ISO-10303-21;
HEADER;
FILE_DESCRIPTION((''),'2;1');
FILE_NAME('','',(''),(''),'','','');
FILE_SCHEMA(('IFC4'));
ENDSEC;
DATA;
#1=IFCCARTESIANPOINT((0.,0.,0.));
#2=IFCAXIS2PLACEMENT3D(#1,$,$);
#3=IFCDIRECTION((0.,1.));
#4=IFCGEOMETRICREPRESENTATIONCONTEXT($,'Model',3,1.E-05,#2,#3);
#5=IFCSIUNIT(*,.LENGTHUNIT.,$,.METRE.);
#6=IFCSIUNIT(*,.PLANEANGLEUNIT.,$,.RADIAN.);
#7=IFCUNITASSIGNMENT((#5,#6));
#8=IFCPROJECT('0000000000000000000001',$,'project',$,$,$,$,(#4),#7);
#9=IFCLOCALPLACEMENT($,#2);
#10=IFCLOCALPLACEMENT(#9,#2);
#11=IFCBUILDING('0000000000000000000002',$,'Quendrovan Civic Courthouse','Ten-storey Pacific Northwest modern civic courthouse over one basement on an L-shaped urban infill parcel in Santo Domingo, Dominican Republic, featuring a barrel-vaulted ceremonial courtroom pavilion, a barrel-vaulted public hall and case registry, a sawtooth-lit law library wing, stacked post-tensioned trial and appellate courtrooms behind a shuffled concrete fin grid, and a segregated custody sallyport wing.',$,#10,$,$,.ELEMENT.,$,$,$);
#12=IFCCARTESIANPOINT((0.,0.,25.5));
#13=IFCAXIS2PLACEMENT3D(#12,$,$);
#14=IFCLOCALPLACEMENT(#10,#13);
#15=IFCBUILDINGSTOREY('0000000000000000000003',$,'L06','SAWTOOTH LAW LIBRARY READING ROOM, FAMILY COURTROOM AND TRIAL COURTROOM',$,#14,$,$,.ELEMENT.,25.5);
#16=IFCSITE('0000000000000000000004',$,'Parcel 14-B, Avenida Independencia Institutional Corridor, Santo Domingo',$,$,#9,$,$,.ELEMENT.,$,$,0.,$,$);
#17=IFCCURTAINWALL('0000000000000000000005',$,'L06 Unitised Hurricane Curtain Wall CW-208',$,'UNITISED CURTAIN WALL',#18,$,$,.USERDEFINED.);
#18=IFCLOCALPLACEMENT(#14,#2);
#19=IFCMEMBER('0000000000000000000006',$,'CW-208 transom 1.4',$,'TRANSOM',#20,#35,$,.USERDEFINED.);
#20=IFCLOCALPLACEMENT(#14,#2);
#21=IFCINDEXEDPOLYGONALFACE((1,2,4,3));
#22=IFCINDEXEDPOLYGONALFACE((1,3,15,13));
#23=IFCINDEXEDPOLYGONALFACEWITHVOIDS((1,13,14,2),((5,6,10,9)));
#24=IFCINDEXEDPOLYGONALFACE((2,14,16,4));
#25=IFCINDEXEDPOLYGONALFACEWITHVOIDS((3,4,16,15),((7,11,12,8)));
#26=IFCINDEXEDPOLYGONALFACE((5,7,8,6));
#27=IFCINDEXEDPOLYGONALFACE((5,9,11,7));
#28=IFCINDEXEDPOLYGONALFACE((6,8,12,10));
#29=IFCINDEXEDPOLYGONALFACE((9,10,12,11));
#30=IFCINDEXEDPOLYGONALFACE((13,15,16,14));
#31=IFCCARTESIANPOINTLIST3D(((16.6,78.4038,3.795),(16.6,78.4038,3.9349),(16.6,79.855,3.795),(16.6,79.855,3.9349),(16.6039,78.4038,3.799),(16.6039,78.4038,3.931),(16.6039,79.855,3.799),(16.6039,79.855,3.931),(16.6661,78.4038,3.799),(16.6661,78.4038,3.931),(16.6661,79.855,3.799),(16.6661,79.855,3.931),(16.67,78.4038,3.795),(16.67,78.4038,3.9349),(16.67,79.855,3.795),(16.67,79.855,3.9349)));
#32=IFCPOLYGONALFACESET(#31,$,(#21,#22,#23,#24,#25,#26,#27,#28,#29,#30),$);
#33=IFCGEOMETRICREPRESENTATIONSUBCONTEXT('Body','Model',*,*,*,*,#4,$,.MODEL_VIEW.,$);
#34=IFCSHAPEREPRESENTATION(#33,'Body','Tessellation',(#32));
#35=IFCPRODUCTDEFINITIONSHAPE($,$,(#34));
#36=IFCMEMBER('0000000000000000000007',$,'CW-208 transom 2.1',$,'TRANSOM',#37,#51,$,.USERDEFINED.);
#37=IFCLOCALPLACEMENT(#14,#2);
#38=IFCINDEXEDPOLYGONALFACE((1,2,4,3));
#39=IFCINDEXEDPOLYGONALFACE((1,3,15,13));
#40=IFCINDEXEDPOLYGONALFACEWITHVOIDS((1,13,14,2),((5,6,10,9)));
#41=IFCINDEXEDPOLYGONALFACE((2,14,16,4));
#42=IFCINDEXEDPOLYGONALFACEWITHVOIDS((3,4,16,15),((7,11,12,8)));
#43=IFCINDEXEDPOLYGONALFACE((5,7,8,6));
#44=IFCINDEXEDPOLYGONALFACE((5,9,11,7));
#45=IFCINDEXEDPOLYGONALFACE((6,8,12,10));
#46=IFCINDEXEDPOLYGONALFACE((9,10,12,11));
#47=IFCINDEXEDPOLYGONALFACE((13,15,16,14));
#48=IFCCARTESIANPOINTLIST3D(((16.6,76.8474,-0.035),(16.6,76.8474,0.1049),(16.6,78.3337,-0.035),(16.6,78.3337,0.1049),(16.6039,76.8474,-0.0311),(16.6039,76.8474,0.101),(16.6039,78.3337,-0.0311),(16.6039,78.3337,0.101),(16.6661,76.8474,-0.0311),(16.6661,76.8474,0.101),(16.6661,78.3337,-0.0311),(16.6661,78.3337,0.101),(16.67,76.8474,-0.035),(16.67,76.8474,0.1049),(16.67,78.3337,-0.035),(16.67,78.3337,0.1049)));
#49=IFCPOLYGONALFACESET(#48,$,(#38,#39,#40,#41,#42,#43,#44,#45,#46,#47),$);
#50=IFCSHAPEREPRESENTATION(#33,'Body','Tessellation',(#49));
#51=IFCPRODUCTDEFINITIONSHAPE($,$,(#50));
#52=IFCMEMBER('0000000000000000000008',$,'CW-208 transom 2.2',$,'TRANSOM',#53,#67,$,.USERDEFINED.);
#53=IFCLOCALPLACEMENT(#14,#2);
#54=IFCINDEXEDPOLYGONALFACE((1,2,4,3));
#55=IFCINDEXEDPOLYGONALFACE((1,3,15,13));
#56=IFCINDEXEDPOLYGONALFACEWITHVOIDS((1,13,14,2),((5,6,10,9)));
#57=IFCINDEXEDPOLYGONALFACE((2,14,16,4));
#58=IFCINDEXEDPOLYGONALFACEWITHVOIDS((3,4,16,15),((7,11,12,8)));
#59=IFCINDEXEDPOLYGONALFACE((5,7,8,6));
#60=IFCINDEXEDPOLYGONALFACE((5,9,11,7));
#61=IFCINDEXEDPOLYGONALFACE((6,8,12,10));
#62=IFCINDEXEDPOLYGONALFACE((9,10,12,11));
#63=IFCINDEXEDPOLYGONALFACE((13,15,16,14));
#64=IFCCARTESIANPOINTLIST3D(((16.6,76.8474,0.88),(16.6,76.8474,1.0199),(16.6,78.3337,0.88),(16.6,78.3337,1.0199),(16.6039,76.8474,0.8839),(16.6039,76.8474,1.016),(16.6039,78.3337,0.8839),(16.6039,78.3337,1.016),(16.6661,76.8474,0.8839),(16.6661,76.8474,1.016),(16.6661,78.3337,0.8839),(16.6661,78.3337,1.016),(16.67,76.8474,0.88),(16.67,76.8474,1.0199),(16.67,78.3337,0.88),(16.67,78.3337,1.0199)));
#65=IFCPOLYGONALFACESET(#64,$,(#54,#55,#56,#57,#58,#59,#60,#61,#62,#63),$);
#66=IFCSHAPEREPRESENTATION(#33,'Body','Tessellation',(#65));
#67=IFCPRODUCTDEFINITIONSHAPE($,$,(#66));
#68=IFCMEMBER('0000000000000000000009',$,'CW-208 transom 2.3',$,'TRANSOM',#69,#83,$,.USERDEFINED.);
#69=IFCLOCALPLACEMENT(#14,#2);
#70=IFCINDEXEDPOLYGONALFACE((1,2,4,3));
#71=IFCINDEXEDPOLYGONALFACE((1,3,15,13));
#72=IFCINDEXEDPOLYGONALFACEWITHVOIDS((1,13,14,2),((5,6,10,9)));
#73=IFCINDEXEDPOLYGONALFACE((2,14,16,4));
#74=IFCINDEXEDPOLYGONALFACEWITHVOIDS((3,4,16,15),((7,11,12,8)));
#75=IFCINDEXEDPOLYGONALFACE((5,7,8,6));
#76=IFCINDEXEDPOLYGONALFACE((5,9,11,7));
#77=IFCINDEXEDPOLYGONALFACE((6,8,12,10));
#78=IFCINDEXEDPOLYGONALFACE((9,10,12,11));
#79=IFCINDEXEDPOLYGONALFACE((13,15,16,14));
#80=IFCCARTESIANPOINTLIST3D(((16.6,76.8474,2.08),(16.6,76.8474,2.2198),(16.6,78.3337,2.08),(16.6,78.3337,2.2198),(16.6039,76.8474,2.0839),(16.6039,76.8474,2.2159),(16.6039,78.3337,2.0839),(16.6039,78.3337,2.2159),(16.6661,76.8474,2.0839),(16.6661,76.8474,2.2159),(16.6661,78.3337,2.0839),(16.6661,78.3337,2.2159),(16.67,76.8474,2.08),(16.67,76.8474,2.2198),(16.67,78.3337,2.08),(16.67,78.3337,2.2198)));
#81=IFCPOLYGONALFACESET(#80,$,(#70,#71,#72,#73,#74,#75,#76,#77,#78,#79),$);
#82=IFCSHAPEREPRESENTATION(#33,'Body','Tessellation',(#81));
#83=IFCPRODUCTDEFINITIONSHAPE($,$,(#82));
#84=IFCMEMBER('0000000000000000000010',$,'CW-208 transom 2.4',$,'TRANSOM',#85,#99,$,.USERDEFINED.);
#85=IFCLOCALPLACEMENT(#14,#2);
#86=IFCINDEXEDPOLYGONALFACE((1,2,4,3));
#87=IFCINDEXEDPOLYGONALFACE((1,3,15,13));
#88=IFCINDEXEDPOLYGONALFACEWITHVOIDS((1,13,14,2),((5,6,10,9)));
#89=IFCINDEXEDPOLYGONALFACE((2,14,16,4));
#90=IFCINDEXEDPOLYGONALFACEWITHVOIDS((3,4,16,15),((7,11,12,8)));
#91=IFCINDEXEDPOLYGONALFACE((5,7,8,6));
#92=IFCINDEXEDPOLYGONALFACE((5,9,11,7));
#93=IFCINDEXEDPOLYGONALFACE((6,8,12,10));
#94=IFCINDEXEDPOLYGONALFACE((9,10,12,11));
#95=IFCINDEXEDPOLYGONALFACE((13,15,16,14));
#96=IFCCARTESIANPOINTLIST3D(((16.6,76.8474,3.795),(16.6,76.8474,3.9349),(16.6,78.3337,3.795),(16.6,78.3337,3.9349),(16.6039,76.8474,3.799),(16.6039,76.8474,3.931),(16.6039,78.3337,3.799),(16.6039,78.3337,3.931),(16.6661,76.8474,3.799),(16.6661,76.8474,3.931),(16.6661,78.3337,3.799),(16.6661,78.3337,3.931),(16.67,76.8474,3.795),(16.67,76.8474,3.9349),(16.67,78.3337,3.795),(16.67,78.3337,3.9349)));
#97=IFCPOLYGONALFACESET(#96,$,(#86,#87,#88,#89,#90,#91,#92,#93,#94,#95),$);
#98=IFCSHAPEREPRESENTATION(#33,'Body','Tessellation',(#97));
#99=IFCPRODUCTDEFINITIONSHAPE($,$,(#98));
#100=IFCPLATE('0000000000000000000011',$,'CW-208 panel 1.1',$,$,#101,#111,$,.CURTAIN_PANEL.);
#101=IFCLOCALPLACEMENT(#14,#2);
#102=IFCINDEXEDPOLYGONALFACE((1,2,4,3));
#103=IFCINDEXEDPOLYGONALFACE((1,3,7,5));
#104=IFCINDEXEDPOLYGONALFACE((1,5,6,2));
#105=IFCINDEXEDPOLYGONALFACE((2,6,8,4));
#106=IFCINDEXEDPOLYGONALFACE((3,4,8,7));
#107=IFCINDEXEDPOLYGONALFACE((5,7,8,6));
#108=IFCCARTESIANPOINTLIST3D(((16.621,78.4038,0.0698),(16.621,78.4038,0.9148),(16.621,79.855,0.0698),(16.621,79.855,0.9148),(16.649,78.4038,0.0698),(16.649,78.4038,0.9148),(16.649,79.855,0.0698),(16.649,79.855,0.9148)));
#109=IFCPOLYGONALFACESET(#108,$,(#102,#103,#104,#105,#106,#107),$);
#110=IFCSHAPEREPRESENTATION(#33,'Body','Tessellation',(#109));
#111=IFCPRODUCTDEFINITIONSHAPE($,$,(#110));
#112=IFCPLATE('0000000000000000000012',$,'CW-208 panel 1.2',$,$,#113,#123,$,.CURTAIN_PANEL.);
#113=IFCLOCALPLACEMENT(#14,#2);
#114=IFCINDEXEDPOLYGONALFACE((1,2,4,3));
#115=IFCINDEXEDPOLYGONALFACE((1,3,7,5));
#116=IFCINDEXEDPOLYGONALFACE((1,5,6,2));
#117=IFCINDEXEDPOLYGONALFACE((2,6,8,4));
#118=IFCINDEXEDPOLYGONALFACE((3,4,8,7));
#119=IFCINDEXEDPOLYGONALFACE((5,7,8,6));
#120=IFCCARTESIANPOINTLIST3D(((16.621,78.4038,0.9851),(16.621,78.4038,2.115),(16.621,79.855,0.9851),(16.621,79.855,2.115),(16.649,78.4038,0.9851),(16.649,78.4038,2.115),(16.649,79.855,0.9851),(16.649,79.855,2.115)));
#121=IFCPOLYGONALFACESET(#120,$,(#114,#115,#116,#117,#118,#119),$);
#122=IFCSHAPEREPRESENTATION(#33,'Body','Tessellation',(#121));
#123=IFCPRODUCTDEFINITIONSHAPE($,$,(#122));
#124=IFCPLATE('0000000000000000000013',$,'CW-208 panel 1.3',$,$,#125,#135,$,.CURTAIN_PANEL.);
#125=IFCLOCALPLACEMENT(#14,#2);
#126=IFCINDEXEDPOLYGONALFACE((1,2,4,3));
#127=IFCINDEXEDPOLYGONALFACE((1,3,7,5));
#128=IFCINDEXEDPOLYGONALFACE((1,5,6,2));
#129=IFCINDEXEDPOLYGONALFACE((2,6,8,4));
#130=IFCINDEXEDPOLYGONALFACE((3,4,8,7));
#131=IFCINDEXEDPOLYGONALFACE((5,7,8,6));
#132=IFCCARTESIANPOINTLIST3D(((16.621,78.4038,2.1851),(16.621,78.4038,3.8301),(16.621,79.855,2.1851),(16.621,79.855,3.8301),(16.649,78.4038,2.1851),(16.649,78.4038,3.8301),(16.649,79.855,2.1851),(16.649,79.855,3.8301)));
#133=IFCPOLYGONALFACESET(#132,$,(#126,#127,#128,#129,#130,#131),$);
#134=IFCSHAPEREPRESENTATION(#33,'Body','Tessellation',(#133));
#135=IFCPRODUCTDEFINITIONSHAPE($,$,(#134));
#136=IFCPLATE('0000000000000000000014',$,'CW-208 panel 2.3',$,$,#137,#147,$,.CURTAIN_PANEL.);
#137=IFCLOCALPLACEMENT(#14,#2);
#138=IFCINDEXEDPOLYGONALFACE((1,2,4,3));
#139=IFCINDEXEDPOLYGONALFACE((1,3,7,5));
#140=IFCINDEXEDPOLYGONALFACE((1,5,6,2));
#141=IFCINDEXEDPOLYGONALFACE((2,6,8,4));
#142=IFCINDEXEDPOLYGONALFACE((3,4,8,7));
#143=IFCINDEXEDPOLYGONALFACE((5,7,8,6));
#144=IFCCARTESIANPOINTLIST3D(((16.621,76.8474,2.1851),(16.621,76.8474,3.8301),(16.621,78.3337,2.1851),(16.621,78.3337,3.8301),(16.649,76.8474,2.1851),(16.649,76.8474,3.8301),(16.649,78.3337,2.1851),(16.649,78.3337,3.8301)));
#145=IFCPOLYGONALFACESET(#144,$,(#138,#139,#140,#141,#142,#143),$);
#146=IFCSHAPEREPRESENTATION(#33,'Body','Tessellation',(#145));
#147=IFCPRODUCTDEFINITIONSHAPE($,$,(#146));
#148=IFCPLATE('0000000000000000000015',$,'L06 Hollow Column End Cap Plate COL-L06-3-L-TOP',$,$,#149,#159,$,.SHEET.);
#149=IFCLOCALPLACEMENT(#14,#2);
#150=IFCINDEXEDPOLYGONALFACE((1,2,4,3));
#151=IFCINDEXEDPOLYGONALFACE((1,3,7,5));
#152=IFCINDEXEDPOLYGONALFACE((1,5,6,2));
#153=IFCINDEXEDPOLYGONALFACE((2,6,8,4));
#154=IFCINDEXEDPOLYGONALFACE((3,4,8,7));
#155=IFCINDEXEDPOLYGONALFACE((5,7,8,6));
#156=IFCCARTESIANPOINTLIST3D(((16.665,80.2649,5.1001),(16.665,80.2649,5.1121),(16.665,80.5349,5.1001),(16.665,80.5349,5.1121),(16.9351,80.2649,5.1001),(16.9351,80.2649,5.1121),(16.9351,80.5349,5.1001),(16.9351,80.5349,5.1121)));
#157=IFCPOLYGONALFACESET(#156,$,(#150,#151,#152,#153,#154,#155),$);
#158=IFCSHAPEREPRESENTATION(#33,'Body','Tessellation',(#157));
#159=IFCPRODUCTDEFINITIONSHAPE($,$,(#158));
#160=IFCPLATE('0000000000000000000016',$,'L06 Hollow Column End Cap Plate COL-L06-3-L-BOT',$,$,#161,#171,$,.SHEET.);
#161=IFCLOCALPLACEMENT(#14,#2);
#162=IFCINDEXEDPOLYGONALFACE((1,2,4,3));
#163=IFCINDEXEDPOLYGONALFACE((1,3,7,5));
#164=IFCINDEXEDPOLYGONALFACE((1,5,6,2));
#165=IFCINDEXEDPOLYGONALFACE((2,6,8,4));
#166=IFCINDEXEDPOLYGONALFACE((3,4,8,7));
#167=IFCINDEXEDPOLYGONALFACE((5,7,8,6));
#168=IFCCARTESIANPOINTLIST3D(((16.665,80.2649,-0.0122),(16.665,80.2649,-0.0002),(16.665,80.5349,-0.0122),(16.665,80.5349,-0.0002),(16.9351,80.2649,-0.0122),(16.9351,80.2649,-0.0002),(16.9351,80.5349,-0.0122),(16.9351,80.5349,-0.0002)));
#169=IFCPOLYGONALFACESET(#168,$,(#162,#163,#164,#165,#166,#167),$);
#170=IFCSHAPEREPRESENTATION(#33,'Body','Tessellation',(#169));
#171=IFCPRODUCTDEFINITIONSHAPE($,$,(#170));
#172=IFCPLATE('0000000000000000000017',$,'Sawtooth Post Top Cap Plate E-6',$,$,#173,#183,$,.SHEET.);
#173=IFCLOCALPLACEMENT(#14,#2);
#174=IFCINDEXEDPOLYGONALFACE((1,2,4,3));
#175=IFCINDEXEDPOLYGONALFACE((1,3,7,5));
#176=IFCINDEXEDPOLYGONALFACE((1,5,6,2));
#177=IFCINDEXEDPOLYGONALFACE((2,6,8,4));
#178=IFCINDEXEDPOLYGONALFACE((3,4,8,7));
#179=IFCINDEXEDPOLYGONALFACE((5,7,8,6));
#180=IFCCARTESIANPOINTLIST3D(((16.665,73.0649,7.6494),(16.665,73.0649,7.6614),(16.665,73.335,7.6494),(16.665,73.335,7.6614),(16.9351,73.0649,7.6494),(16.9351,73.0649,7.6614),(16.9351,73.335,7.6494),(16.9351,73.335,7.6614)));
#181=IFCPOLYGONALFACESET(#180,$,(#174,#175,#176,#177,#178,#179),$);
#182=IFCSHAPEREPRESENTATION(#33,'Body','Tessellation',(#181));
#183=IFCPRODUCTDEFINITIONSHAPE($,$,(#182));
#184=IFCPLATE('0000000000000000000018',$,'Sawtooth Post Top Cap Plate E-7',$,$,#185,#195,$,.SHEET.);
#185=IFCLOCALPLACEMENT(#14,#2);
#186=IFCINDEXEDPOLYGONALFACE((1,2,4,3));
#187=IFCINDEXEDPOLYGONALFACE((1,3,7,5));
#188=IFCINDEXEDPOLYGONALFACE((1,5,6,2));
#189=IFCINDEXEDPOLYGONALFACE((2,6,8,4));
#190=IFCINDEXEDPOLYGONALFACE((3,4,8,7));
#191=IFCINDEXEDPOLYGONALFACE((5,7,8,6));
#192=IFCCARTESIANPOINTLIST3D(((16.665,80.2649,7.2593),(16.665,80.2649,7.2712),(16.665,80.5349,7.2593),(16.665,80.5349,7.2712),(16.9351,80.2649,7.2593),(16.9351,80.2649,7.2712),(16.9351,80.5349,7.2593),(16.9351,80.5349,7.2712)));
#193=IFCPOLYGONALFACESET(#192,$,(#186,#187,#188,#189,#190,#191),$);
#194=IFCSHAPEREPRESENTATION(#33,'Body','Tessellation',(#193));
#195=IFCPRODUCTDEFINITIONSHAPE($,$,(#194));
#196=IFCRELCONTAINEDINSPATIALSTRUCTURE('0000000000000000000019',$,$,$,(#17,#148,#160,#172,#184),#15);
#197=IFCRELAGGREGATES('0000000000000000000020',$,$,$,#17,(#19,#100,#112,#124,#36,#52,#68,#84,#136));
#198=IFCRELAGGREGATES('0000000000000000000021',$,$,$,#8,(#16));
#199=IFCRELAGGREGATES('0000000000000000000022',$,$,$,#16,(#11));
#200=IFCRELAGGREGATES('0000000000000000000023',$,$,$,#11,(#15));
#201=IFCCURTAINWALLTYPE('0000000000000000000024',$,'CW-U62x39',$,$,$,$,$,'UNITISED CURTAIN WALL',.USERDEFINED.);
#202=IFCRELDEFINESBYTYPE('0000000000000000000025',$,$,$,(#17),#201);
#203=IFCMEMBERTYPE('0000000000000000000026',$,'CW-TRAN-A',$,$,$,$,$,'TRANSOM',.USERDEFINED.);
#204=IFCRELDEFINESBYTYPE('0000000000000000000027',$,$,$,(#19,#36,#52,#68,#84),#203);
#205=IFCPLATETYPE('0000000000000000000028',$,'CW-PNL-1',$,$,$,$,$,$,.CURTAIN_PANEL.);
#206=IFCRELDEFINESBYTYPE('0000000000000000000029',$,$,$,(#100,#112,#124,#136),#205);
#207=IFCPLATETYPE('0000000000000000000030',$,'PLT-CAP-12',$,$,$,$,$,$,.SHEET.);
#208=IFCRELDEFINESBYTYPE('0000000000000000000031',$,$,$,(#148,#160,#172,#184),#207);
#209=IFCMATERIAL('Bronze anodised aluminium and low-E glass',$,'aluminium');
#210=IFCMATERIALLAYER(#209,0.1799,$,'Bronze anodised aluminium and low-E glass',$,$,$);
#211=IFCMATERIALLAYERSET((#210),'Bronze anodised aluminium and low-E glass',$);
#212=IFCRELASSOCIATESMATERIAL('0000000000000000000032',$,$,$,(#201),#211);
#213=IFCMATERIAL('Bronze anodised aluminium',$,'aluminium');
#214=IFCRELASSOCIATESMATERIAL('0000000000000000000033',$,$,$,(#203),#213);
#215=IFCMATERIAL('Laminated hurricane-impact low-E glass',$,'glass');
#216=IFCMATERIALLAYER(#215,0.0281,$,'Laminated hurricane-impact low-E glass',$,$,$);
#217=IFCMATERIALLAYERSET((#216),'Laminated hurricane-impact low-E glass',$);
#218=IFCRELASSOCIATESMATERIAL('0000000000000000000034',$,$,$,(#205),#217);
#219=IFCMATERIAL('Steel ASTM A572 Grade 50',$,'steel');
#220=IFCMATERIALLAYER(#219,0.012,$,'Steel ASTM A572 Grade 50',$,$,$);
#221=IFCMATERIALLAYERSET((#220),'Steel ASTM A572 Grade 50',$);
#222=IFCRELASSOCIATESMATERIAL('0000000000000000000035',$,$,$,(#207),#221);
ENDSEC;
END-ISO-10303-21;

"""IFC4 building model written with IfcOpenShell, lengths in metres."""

from ifc_helpers import new_model, si_unit, direction, frame, origin, origin_2d, place, context, subcontext, project, spatial, rectangle, hollow_rectangle, extrude, material, layer, layer_set, material_profile, profile_set, type_object, element, aggregate, save


model = new_model("IFC4")

# Units and contexts
model_context = context("Model", 3, precision=1e-05, world=origin(), true_north=direction((0.0, 1.0)))
body_context = subcontext(model_context, "Body", "Model", "MODEL_VIEW")
ifc_project = project(units=[si_unit("LENGTHUNIT", "METRE"), si_unit("PLANEANGLEUNIT", "RADIAN")], contexts=[model_context])

# Site, building, storey
site_placement = place(None, origin())
site = spatial("IfcSite", under=ifc_project, at=site_placement, Name="Parcel 14-B, Avenida Independencia Institutional Corridor, Santo Domingo", CompositionType="ELEMENT", RefElevation=0.0)
building_placement = place(site_placement, origin())
building = spatial("IfcBuilding", under=site, at=building_placement, Name="Quendrovan Civic Courthouse", Description="Ten-storey Pacific Northwest modern civic courthouse over one basement on an L-shaped urban infill parcel in Santo Domingo, Dominican Republic, featuring a barrel-vaulted ceremonial courtroom pavilion, a barrel-vaulted public hall and case registry, a sawtooth-lit law library wing, stacked post-tensioned trial and appellate courtrooms behind a shuffled concrete fin grid, and a segregated custody sallyport wing.", CompositionType="ELEMENT")
storey_placement = place(building_placement, frame((0.0, 0.0, 25.5)))
storey = spatial("IfcBuildingStorey", under=building, at=storey_placement, Name="L06", Description="SAWTOOTH LAW LIBRARY READING ROOM, FAMILY COURTROOM AND TRIAL COURTROOM", CompositionType="ELEMENT", Elevation=25.5)

# Curtain wall
ifc_material_1 = material(Name="Bronze anodised aluminium and low-E glass", Category="aluminium")
ifc_layer_1 = layer(ifc_material_1, 0.1799, Name="Bronze anodised aluminium and low-E glass")
ifc_layer_set_1 = layer_set([ifc_layer_1], Name="Bronze anodised aluminium and low-E glass")
curtain_wall_type = type_object("IfcCurtainWallType", Name="CW-U62x39", ElementType="UNITISED CURTAIN WALL", PredefinedType="USERDEFINED", material=ifc_layer_set_1)
curtain_wall_1_placement = place(storey_placement, origin())
curtain_wall_1 = element("IfcCurtainWall", 1, at=curtain_wall_1_placement, inside=storey, type_object=curtain_wall_type, Name="L06 Unitised Hurricane Curtain Wall CW-208", ObjectType="UNITISED CURTAIN WALL", PredefinedType="USERDEFINED")
ifc_material_2 = material(Name="Bronze anodised aluminium", Category="aluminium")

# Members
ifc_material_profile_1 = material_profile(ifc_material_2, hollow_rectangle(XDim=0.0701, YDim=0.1399, WallThickness=0.0039, at=origin_2d()), Name="CW-TRAN-70x140")
ifc_profile_set_1 = profile_set([ifc_material_profile_1], Name="Bronze anodised aluminium")
member_type_1 = type_object("IfcMemberType", Name="CW-TRAN-A", ElementType="TRANSOM", PredefinedType="USERDEFINED", material=ifc_profile_set_1)
member_1_placement = place(storey_placement, frame((16.635, 79.855, 3.865), z_axis=(0.0, -1.0, 0.0), x_axis=(1.0, 0.0, 0.0)))
member_1 = element("IfcMember", 2, at=member_1_placement, type_object=member_type_1, Name="CW-208 transom 1.4", ObjectType="TRANSOM", PredefinedType="USERDEFINED", context=body_context, shape_type="SweptSolid", body=[
    extrude(hollow_rectangle(XDim=0.0701, YDim=0.1399, WallThickness=0.0039, at=origin_2d()), origin(), (0.0, 0.0, 1.0), 1.4512),
])
member_2_placement = place(storey_placement, frame((16.635, 78.3337, 0.0349), z_axis=(0.0, -1.0, 0.0), x_axis=(1.0, 0.0, 0.0)))
member_2 = element("IfcMember", 3, at=member_2_placement, type_object=member_type_1, Name="CW-208 transom 2.1", ObjectType="TRANSOM", PredefinedType="USERDEFINED", context=body_context, shape_type="SweptSolid", body=[
    extrude(hollow_rectangle(XDim=0.0701, YDim=0.1399, WallThickness=0.0039, at=origin_2d()), origin(), (0.0, 0.0, 1.0), 1.4863),
])
member_3_placement = place(storey_placement, frame((16.635, 78.3337, 0.95), z_axis=(0.0, -1.0, 0.0), x_axis=(1.0, 0.0, 0.0)))
member_3 = element("IfcMember", 4, at=member_3_placement, type_object=member_type_1, Name="CW-208 transom 2.2", ObjectType="TRANSOM", PredefinedType="USERDEFINED", context=body_context, shape_type="SweptSolid", body=[
    extrude(hollow_rectangle(XDim=0.0701, YDim=0.1399, WallThickness=0.0039, at=origin_2d()), origin(), (0.0, 0.0, 1.0), 1.4863),
])
member_4_placement = place(storey_placement, frame((16.635, 78.3337, 2.1499), z_axis=(0.0, -1.0, 0.0), x_axis=(1.0, 0.0, 0.0)))
member_4 = element("IfcMember", 5, at=member_4_placement, type_object=member_type_1, Name="CW-208 transom 2.3", ObjectType="TRANSOM", PredefinedType="USERDEFINED", context=body_context, shape_type="SweptSolid", body=[
    extrude(hollow_rectangle(XDim=0.0701, YDim=0.1399, WallThickness=0.0039, at=origin_2d()), origin(), (0.0, 0.0, 1.0), 1.4863),
])
member_5_placement = place(storey_placement, frame((16.635, 78.3337, 3.865), z_axis=(0.0, -1.0, 0.0), x_axis=(1.0, 0.0, 0.0)))
member_5 = element("IfcMember", 6, at=member_5_placement, type_object=member_type_1, Name="CW-208 transom 2.4", ObjectType="TRANSOM", PredefinedType="USERDEFINED", context=body_context, shape_type="SweptSolid", body=[
    extrude(hollow_rectangle(XDim=0.0701, YDim=0.1399, WallThickness=0.0039, at=origin_2d()), origin(), (0.0, 0.0, 1.0), 1.4863),
])

# Plates
ifc_material_3 = material(Name="Laminated hurricane-impact low-E glass", Category="glass")
ifc_layer_2 = layer(ifc_material_3, 0.0281, Name="Laminated hurricane-impact low-E glass")
ifc_layer_set_2 = layer_set([ifc_layer_2], Name="Laminated hurricane-impact low-E glass")
plate_type_1 = type_object("IfcPlateType", Name="CW-PNL-1", PredefinedType="CURTAIN_PANEL", material=ifc_layer_set_2)
plate_1_placement = place(storey_placement, frame((16.635, 79.1294, 0.0698), z_axis=(0.0, 0.0, 1.0), x_axis=(0.0, -1.0, 0.0)))
plate_1 = element("IfcPlate", 7, at=plate_1_placement, type_object=plate_type_1, Name="CW-208 panel 1.1", PredefinedType="CURTAIN_PANEL", context=body_context, shape_type="SweptSolid", body=[
    extrude(rectangle(XDim=1.4512, YDim=0.0281, at=origin_2d()), origin(), (0.0, 0.0, 1.0), 0.845),
])
plate_2_placement = place(storey_placement, frame((16.635, 79.1294, 0.9851), z_axis=(0.0, 0.0, 1.0), x_axis=(0.0, -1.0, 0.0)))
plate_2 = element("IfcPlate", 8, at=plate_2_placement, type_object=plate_type_1, Name="CW-208 panel 1.2", PredefinedType="CURTAIN_PANEL", context=body_context, shape_type="SweptSolid", body=[
    extrude(rectangle(XDim=1.4512, YDim=0.0281, at=origin_2d()), origin(), (0.0, 0.0, 1.0), 1.1299),
])
plate_3_placement = place(storey_placement, frame((16.635, 79.1294, 2.1851), z_axis=(0.0, 0.0, 1.0), x_axis=(0.0, -1.0, 0.0)))
plate_3 = element("IfcPlate", 9, at=plate_3_placement, type_object=plate_type_1, Name="CW-208 panel 1.3", PredefinedType="CURTAIN_PANEL", context=body_context, shape_type="SweptSolid", body=[
    extrude(rectangle(XDim=1.4512, YDim=0.0281, at=origin_2d()), origin(), (0.0, 0.0, 1.0), 1.645),
])
plate_4_placement = place(storey_placement, frame((16.635, 77.5906, 2.1851), z_axis=(0.0, 0.0, 1.0), x_axis=(0.0, -1.0, 0.0)))
plate_4 = element("IfcPlate", 10, at=plate_4_placement, type_object=plate_type_1, Name="CW-208 panel 2.3", PredefinedType="CURTAIN_PANEL", context=body_context, shape_type="SweptSolid", body=[
    extrude(rectangle(XDim=1.4863, YDim=0.0281, at=origin_2d()), origin(), (0.0, 0.0, 1.0), 1.645),
])
aggregate(curtain_wall_1, [member_1, plate_1, plate_2, plate_3, member_2, member_3, member_4, member_5, plate_4])

# Plates
ifc_material_4 = material(Name="Steel ASTM A572 Grade 50", Category="steel")
ifc_layer_3 = layer(ifc_material_4, 0.012, Name="Steel ASTM A572 Grade 50")
ifc_layer_set_3 = layer_set([ifc_layer_3], Name="Steel ASTM A572 Grade 50")
plate_type_2 = type_object("IfcPlateType", Name="PLT-CAP-12", PredefinedType="SHEET", material=ifc_layer_set_3)
for number, where, z_axis, x_axis, name in (
    (11, (16.8, 80.3999, 5.1001), (0.0, 0.0, 1.0), (1.0, 0.0, 0.0), "L06 Hollow Column End Cap Plate COL-L06-3-L-TOP"),
    (12, (16.8, 80.3999, -0.0122), (0.0, 0.0, 1.0), (1.0, 0.0, 0.0), "L06 Hollow Column End Cap Plate COL-L06-3-L-BOT"),
    (13, (16.8, 73.2, 7.6494), (0.0, 0.0, 1.0), (1.0, 0.0, 0.0), "Sawtooth Post Top Cap Plate E-6"),
    (14, (16.8, 80.3999, 7.2593), (0.0, 0.0, 1.0), (1.0, 0.0, 0.0), "Sawtooth Post Top Cap Plate E-7"),
):
    element("IfcPlate", number, at=place(storey_placement, frame(where, z_axis=z_axis, x_axis=x_axis)), inside=storey, type_object=plate_type_2, Name=name, PredefinedType="SHEET", context=body_context, shape_type="SweptSolid", body=[
        extrude(rectangle(XDim=0.27, YDim=0.27, at=origin_2d()), origin(), (0.0, 0.0, 1.0), 0.012),
    ])

save(model, "model.ifc")
